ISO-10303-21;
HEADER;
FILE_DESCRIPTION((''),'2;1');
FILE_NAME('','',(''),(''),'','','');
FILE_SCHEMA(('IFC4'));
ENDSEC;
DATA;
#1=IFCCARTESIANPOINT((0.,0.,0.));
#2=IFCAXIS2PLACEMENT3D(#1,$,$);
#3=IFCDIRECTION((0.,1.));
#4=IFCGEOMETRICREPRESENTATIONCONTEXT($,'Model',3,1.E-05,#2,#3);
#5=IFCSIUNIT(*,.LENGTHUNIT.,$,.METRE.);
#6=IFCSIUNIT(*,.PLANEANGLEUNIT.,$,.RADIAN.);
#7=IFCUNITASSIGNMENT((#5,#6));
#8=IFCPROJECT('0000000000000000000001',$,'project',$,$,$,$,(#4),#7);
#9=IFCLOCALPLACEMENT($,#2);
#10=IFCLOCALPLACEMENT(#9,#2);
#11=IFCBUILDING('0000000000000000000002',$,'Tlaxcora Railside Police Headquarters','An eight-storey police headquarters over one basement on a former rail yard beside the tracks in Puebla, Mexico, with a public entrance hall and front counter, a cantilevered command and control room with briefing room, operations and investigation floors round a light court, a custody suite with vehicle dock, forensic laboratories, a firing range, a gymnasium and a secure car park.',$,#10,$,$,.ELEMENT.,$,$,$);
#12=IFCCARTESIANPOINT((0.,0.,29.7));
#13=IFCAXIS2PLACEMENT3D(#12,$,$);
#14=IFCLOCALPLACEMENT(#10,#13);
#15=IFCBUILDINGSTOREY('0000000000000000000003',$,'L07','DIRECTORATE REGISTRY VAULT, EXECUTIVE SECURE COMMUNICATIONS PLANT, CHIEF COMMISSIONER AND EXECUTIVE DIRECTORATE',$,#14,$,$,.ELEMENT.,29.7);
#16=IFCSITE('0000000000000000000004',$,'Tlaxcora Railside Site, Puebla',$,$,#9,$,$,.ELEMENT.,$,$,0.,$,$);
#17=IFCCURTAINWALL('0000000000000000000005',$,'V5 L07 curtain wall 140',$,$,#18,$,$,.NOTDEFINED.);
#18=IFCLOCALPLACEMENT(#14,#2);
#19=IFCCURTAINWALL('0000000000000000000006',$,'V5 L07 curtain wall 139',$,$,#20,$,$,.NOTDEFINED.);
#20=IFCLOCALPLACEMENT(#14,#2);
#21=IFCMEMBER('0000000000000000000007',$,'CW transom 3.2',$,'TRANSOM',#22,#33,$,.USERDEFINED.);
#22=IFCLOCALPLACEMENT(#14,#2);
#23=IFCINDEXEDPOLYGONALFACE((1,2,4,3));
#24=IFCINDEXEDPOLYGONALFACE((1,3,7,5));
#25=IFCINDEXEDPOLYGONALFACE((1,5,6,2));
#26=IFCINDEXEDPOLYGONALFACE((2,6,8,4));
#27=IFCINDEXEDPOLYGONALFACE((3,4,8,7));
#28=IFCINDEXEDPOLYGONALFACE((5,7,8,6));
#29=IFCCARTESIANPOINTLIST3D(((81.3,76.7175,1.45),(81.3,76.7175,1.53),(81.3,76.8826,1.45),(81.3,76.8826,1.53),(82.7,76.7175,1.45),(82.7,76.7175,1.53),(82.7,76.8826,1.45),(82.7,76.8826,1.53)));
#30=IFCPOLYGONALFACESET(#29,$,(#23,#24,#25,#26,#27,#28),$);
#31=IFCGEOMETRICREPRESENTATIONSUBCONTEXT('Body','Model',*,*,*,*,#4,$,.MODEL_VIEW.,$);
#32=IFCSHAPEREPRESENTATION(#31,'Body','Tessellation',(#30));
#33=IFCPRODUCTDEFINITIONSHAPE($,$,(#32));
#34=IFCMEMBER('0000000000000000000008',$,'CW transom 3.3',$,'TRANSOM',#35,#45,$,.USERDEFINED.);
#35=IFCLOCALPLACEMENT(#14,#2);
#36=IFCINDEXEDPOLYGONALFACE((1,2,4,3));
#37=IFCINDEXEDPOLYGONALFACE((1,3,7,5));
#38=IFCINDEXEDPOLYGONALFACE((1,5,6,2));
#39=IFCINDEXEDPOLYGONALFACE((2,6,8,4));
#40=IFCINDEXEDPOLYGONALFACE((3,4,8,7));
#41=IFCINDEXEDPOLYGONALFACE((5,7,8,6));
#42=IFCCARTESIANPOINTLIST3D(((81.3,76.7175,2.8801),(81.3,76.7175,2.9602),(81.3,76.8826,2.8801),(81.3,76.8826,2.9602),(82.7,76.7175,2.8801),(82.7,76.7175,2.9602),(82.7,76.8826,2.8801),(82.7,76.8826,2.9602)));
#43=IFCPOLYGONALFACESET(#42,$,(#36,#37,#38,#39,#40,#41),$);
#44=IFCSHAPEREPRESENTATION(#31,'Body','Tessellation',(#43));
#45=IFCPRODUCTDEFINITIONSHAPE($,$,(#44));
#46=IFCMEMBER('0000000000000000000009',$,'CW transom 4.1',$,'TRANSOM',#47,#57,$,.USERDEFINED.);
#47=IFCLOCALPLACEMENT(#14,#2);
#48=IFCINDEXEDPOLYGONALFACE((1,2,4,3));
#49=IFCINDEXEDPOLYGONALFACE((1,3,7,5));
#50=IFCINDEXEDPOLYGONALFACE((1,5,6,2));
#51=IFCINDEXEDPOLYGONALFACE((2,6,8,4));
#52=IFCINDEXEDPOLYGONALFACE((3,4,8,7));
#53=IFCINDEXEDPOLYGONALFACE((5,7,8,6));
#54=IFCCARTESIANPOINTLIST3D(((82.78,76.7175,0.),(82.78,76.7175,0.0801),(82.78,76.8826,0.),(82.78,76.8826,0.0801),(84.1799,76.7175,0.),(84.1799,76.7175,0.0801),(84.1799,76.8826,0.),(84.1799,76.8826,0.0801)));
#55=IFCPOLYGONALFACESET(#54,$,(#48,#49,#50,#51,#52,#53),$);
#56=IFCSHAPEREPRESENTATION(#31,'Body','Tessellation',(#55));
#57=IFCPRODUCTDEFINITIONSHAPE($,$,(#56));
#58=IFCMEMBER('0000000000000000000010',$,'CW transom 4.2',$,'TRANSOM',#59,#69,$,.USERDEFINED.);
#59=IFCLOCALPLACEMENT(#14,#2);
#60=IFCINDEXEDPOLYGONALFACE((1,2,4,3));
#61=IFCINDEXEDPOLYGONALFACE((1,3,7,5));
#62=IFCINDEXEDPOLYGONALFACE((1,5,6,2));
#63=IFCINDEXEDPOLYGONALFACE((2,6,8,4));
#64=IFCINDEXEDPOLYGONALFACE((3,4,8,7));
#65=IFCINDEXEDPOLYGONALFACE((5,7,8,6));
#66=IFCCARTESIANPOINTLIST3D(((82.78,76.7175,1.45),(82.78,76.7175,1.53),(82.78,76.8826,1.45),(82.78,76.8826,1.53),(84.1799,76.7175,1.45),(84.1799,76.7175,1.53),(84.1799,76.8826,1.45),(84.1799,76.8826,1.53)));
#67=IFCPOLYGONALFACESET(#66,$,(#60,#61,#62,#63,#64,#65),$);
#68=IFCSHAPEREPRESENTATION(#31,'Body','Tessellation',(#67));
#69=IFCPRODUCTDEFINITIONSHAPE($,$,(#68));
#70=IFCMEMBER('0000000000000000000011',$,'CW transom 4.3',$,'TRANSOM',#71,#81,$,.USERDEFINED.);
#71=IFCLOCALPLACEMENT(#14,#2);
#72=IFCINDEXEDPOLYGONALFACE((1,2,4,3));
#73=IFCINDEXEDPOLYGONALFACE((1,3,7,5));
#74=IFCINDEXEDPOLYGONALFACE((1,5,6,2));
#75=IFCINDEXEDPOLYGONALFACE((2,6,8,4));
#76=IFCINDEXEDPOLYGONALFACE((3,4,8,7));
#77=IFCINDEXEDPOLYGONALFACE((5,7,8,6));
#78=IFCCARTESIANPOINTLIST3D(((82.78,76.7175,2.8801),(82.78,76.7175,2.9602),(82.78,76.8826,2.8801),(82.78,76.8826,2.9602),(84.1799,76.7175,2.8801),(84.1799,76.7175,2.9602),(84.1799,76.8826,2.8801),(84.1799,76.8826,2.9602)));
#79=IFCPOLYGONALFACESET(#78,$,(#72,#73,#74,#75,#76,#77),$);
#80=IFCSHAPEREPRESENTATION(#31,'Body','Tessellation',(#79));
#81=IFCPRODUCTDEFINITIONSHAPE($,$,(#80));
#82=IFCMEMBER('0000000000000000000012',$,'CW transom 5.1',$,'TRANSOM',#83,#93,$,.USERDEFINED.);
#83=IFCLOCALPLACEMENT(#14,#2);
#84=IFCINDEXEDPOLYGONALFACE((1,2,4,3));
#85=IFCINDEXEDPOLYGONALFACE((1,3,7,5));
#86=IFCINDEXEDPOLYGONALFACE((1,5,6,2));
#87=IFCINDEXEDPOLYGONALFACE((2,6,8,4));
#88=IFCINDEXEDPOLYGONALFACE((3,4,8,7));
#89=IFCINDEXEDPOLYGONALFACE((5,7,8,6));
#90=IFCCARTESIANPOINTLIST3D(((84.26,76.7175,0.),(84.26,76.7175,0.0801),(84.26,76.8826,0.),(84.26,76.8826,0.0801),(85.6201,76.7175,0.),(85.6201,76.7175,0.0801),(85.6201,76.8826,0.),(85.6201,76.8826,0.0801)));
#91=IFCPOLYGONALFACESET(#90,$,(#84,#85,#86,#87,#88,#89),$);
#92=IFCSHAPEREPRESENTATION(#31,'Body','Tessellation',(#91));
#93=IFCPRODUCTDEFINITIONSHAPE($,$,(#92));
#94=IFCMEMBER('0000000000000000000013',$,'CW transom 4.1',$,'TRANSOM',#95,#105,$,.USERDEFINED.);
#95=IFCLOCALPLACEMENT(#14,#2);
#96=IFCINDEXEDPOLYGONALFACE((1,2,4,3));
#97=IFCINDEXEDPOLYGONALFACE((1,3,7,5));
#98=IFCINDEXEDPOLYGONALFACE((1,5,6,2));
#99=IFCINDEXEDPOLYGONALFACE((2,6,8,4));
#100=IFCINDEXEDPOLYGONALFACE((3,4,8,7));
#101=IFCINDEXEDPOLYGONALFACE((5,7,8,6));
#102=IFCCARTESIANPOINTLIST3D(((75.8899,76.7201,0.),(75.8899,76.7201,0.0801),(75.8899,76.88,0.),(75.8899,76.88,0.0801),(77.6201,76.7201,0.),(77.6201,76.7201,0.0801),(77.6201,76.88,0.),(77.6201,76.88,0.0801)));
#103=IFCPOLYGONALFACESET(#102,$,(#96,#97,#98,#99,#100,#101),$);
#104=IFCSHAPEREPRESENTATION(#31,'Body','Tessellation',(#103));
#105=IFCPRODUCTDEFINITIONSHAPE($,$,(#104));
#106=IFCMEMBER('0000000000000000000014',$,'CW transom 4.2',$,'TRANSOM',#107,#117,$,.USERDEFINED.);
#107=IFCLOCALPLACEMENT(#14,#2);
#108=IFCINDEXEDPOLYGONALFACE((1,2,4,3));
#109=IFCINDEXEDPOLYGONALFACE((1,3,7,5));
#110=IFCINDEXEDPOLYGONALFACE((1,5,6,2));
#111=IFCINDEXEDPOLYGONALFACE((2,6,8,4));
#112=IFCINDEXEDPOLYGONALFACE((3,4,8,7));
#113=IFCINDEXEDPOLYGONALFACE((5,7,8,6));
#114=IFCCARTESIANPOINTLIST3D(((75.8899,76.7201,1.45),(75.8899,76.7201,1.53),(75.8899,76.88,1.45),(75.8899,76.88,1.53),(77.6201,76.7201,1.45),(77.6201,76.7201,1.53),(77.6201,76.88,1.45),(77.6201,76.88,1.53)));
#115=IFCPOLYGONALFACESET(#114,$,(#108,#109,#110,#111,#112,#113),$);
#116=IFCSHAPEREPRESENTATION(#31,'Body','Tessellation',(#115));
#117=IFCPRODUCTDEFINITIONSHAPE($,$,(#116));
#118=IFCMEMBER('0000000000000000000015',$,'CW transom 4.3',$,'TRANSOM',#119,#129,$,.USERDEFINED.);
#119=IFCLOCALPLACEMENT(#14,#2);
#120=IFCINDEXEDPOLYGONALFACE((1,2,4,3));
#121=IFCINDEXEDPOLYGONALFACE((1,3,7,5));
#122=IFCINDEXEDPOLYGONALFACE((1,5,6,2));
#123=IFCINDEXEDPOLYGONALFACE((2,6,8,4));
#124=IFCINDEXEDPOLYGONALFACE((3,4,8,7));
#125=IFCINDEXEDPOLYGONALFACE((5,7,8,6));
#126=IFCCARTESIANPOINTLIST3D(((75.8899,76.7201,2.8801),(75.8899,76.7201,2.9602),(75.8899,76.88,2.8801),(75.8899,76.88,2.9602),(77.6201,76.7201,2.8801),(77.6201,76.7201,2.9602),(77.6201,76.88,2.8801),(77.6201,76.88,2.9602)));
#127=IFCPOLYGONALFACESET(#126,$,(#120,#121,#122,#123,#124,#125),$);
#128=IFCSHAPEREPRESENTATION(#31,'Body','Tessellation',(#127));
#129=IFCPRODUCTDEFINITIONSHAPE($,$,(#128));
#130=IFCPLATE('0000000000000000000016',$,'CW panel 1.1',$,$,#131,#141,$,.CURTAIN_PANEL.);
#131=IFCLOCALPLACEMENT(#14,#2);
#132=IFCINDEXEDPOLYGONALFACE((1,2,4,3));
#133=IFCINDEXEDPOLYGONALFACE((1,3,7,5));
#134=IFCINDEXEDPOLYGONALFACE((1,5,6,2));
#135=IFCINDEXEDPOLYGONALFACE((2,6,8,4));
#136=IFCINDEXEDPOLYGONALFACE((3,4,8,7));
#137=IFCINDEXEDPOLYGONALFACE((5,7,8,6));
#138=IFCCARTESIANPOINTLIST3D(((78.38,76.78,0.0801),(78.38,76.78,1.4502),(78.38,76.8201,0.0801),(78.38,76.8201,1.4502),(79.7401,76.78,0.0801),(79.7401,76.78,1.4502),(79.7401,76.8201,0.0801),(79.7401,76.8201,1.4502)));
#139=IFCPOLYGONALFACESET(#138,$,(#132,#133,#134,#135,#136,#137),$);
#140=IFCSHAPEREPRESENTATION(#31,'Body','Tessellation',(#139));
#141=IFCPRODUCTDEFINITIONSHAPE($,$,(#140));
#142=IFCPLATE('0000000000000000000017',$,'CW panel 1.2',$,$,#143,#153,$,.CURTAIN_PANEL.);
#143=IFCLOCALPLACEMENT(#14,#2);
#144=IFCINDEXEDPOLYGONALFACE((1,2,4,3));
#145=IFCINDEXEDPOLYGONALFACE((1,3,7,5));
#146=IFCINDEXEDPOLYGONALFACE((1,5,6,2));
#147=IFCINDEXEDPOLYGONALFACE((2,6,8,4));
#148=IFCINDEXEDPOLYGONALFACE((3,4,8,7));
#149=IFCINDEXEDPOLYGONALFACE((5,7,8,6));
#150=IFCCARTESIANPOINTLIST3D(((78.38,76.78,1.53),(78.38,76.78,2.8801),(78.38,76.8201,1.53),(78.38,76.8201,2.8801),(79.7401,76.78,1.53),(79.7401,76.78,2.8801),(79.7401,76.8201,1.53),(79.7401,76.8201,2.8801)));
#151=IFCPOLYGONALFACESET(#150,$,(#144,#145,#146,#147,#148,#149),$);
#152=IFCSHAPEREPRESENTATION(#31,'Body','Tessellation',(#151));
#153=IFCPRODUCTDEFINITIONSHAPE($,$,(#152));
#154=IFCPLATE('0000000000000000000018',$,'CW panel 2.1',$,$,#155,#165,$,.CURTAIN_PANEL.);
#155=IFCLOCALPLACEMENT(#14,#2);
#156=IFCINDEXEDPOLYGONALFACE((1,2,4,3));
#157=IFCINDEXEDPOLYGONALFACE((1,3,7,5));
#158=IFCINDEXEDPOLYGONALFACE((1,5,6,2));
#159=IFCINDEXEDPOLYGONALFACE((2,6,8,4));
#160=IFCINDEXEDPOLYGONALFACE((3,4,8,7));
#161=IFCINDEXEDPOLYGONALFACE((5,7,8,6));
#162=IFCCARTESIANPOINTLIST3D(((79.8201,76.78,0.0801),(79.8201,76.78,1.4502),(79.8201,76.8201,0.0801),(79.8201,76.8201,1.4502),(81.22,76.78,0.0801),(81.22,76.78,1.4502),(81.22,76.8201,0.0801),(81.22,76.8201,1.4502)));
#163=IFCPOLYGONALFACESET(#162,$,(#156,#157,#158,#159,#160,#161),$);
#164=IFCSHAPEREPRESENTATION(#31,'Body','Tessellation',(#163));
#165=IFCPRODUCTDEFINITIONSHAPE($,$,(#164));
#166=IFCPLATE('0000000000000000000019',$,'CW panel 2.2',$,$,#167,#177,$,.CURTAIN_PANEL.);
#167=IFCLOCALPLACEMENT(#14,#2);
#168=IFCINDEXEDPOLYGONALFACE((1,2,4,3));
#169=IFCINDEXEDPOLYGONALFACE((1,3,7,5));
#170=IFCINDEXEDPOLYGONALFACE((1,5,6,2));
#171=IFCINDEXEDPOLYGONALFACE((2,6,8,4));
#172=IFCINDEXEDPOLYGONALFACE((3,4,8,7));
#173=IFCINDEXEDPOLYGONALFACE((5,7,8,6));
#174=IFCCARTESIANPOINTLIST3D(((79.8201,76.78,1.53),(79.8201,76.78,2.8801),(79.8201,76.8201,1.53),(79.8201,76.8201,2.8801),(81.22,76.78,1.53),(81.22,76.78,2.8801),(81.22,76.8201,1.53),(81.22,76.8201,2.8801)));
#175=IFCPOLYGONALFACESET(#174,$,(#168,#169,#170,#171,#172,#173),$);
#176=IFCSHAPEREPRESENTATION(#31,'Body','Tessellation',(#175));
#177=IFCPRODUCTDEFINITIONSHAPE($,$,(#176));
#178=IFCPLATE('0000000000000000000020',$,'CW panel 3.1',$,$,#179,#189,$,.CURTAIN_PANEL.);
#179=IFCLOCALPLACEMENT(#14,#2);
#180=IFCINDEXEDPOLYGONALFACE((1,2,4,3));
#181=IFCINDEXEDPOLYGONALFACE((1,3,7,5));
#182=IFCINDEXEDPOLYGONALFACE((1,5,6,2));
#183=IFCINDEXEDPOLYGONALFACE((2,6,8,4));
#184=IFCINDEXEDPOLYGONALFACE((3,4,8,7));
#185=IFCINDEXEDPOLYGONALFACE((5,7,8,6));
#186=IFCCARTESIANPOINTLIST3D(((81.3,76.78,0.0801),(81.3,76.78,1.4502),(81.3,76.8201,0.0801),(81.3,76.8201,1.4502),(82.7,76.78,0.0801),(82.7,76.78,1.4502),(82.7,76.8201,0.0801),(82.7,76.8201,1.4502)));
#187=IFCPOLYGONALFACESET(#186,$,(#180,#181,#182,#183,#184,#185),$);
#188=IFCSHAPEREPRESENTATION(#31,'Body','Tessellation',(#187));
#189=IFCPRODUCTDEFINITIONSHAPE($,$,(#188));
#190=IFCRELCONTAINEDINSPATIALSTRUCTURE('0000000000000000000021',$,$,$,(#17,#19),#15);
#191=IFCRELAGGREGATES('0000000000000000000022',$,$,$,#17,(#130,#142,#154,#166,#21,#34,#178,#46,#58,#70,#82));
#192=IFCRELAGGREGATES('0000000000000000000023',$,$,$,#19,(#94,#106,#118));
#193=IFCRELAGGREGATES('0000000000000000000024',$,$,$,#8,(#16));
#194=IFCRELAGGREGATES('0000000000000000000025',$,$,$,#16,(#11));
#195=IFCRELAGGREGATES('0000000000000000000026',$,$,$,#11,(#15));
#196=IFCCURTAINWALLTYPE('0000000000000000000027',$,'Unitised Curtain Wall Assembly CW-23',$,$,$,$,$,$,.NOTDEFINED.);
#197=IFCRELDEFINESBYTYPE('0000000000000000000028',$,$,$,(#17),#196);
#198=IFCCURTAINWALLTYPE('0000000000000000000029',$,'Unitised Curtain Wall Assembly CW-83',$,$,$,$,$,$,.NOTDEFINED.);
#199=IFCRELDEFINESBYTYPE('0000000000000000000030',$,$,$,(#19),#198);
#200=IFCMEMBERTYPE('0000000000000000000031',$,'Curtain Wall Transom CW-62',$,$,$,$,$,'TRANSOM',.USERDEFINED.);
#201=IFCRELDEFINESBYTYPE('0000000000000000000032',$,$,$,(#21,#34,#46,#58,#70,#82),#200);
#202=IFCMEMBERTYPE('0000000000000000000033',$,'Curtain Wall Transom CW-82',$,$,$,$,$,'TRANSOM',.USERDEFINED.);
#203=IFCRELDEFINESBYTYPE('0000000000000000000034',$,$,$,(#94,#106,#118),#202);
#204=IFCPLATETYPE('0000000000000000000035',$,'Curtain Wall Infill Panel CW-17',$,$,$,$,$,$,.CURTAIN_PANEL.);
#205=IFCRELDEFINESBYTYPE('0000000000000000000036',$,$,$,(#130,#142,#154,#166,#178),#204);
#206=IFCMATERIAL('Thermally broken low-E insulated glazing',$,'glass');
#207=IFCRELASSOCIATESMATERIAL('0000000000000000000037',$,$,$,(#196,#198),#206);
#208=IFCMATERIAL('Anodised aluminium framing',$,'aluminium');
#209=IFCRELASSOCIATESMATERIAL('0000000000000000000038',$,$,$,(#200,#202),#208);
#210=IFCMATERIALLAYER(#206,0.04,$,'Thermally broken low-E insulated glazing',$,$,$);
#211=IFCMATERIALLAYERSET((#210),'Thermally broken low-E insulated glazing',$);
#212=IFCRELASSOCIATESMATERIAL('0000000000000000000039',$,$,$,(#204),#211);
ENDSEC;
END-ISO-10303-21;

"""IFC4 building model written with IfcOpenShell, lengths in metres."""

from ifc_helpers import new_model, si_unit, direction, frame, origin, origin_2d, place, context, subcontext, project, spatial, rectangle, extrude, material, layer, layer_set, material_profile, profile_set, type_object, element, aggregate, save


model = new_model("IFC4")

# Units and contexts
model_context = context("Model", 3, precision=1e-05, world=origin(), true_north=direction((0.0, 1.0)))
body_context = subcontext(model_context, "Body", "Model", "MODEL_VIEW")
ifc_project = project(units=[si_unit("LENGTHUNIT", "METRE"), si_unit("PLANEANGLEUNIT", "RADIAN")], contexts=[model_context])

# Site, building, storey
site_placement = place(None, origin())
site = spatial("IfcSite", under=ifc_project, at=site_placement, Name="Tlaxcora Railside Site, Puebla", CompositionType="ELEMENT", RefElevation=0.0)
building_placement = place(site_placement, origin())
building = spatial("IfcBuilding", under=site, at=building_placement, Name="Tlaxcora Railside Police Headquarters", Description="An eight-storey police headquarters over one basement on a former rail yard beside the tracks in Puebla, Mexico, with a public entrance hall and front counter, a cantilevered command and control room with briefing room, operations and investigation floors round a light court, a custody suite with vehicle dock, forensic laboratories, a firing range, a gymnasium and a secure car park.", CompositionType="ELEMENT")
storey_placement = place(building_placement, frame((0.0, 0.0, 29.7)))
storey = spatial("IfcBuildingStorey", under=building, at=storey_placement, Name="L07", Description="DIRECTORATE REGISTRY VAULT, EXECUTIVE SECURE COMMUNICATIONS PLANT, CHIEF COMMISSIONER AND EXECUTIVE DIRECTORATE", CompositionType="ELEMENT", Elevation=29.7)

# Curtain walls
ifc_material_1 = material(Name="Thermally broken low-E insulated glazing", Category="glass")
curtain_wall_type_1 = type_object("IfcCurtainWallType", Name="Unitised Curtain Wall Assembly CW-23", PredefinedType="NOTDEFINED", material=ifc_material_1)
curtain_wall_1_placement = place(storey_placement, origin())
curtain_wall_1 = element("IfcCurtainWall", 1, at=curtain_wall_1_placement, inside=storey, type_object=curtain_wall_type_1, Name="V5 L07 curtain wall 140", PredefinedType="NOTDEFINED")
ifc_material_2 = material(Name="Anodised aluminium framing", Category="aluminium")
curtain_wall_type_2 = type_object("IfcCurtainWallType", Name="Unitised Curtain Wall Assembly CW-83", PredefinedType="NOTDEFINED", material=ifc_material_1)
curtain_wall_2_placement = place(storey_placement, origin())
curtain_wall_2 = element("IfcCurtainWall", 2, at=curtain_wall_2_placement, inside=storey, type_object=curtain_wall_type_2, Name="V5 L07 curtain wall 139", PredefinedType="NOTDEFINED")

# Members
ifc_material_profile_1 = material_profile(ifc_material_2, rectangle(XDim=0.165, YDim=0.0801, at=origin_2d()), Name="AL80X165")
ifc_profile_set_1 = profile_set([ifc_material_profile_1], Name="Anodised aluminium framing")
member_type_1 = type_object("IfcMemberType", Name="Curtain Wall Transom CW-62", ElementType="TRANSOM", PredefinedType="USERDEFINED", material=ifc_profile_set_1)
member_1_placement = place(storey_placement, frame((81.3, 76.8, 1.49), z_axis=(1.0, 0.0, 0.0), x_axis=(0.0, 1.0, 0.0)))
member_1 = element("IfcMember", 3, at=member_1_placement, type_object=member_type_1, Name="CW transom 3.2", ObjectType="TRANSOM", PredefinedType="USERDEFINED", context=body_context, shape_type="SweptSolid", body=[
    extrude(rectangle(XDim=0.165, YDim=0.0801, at=origin_2d()), origin(), (0.0, 0.0, 1.0), 1.3999),
])
member_2_placement = place(storey_placement, frame((81.3, 76.8, 2.9202), z_axis=(1.0, 0.0, 0.0), x_axis=(0.0, 1.0, 0.0)))
member_2 = element("IfcMember", 4, at=member_2_placement, type_object=member_type_1, Name="CW transom 3.3", ObjectType="TRANSOM", PredefinedType="USERDEFINED", context=body_context, shape_type="SweptSolid", body=[
    extrude(rectangle(XDim=0.165, YDim=0.0801, at=origin_2d()), origin(), (0.0, 0.0, 1.0), 1.3999),
])
member_3_placement = place(storey_placement, frame((82.78, 76.8, 0.04), z_axis=(1.0, 0.0, 0.0), x_axis=(0.0, 1.0, 0.0)))
member_3 = element("IfcMember", 5, at=member_3_placement, type_object=member_type_1, Name="CW transom 4.1", ObjectType="TRANSOM", PredefinedType="USERDEFINED", context=body_context, shape_type="SweptSolid", body=[
    extrude(rectangle(XDim=0.165, YDim=0.0801, at=origin_2d()), origin(), (0.0, 0.0, 1.0), 1.3999),
])
member_4_placement = place(storey_placement, frame((82.78, 76.8, 1.49), z_axis=(1.0, 0.0, 0.0), x_axis=(0.0, 1.0, 0.0)))
member_4 = element("IfcMember", 6, at=member_4_placement, type_object=member_type_1, Name="CW transom 4.2", ObjectType="TRANSOM", PredefinedType="USERDEFINED", context=body_context, shape_type="SweptSolid", body=[
    extrude(rectangle(XDim=0.165, YDim=0.0801, at=origin_2d()), origin(), (0.0, 0.0, 1.0), 1.3999),
])
member_5_placement = place(storey_placement, frame((82.78, 76.8, 2.9202), z_axis=(1.0, 0.0, 0.0), x_axis=(0.0, 1.0, 0.0)))
member_5 = element("IfcMember", 7, at=member_5_placement, type_object=member_type_1, Name="CW transom 4.3", ObjectType="TRANSOM", PredefinedType="USERDEFINED", context=body_context, shape_type="SweptSolid", body=[
    extrude(rectangle(XDim=0.165, YDim=0.0801, at=origin_2d()), origin(), (0.0, 0.0, 1.0), 1.3999),
])
member_6_placement = place(storey_placement, frame((84.26, 76.8, 0.04), z_axis=(1.0, 0.0, 0.0), x_axis=(0.0, 1.0, 0.0)))
member_6 = element("IfcMember", 8, at=member_6_placement, type_object=member_type_1, Name="CW transom 5.1", ObjectType="TRANSOM", PredefinedType="USERDEFINED", context=body_context, shape_type="SweptSolid", body=[
    extrude(rectangle(XDim=0.165, YDim=0.0801, at=origin_2d()), origin(), (0.0, 0.0, 1.0), 1.3601),
])
ifc_material_profile_2 = material_profile(ifc_material_2, rectangle(XDim=0.1599, YDim=0.0801, at=origin_2d()), Name="AL80X160")
ifc_profile_set_2 = profile_set([ifc_material_profile_2], Name="Anodised aluminium framing")
member_type_2 = type_object("IfcMemberType", Name="Curtain Wall Transom CW-82", ElementType="TRANSOM", PredefinedType="USERDEFINED", material=ifc_profile_set_2)
member_7_placement = place(storey_placement, frame((75.8899, 76.8, 0.04), z_axis=(1.0, 0.0, 0.0), x_axis=(0.0, 1.0, 0.0)))
member_7 = element("IfcMember", 9, at=member_7_placement, type_object=member_type_2, Name="CW transom 4.1", ObjectType="TRANSOM", PredefinedType="USERDEFINED", context=body_context, shape_type="SweptSolid", body=[
    extrude(rectangle(XDim=0.1599, YDim=0.0801, at=origin_2d()), origin(), (0.0, 0.0, 1.0), 1.7302),
])
member_8_placement = place(storey_placement, frame((75.8899, 76.8, 1.49), z_axis=(1.0, 0.0, 0.0), x_axis=(0.0, 1.0, 0.0)))
member_8 = element("IfcMember", 10, at=member_8_placement, type_object=member_type_2, Name="CW transom 4.2", ObjectType="TRANSOM", PredefinedType="USERDEFINED", context=body_context, shape_type="SweptSolid", body=[
    extrude(rectangle(XDim=0.1599, YDim=0.0801, at=origin_2d()), origin(), (0.0, 0.0, 1.0), 1.7302),
])
member_9_placement = place(storey_placement, frame((75.8899, 76.8, 2.9202), z_axis=(1.0, 0.0, 0.0), x_axis=(0.0, 1.0, 0.0)))
member_9 = element("IfcMember", 11, at=member_9_placement, type_object=member_type_2, Name="CW transom 4.3", ObjectType="TRANSOM", PredefinedType="USERDEFINED", context=body_context, shape_type="SweptSolid", body=[
    extrude(rectangle(XDim=0.1599, YDim=0.0801, at=origin_2d()), origin(), (0.0, 0.0, 1.0), 1.7302),
])

# Plates
ifc_layer_1 = layer(ifc_material_1, 0.04, Name="Thermally broken low-E insulated glazing")
ifc_layer_set_1 = layer_set([ifc_layer_1], Name="Thermally broken low-E insulated glazing")
plate_type_1 = type_object("IfcPlateType", Name="Curtain Wall Infill Panel CW-17", PredefinedType="CURTAIN_PANEL", material=ifc_layer_set_1)
plate_1_placement = place(storey_placement, frame((79.0601, 76.8, 0.0801), z_axis=(0.0, 0.0, 1.0), x_axis=(1.0, 0.0, 0.0)))
plate_1 = element("IfcPlate", 12, at=plate_1_placement, type_object=plate_type_1, Name="CW panel 1.1", PredefinedType="CURTAIN_PANEL", context=body_context, shape_type="SweptSolid", body=[
    extrude(rectangle(XDim=1.3601, YDim=0.04, at=origin_2d()), origin(), (0.0, 0.0, 1.0), 1.3701),
])
plate_2_placement = place(storey_placement, frame((79.0601, 76.8, 1.53), z_axis=(0.0, 0.0, 1.0), x_axis=(1.0, 0.0, 0.0)))
plate_2 = element("IfcPlate", 13, at=plate_2_placement, type_object=plate_type_1, Name="CW panel 1.2", PredefinedType="CURTAIN_PANEL", context=body_context, shape_type="SweptSolid", body=[
    extrude(rectangle(XDim=1.3601, YDim=0.04, at=origin_2d()), origin(), (0.0, 0.0, 1.0), 1.3501),
])
plate_3_placement = place(storey_placement, frame((80.52, 76.8, 0.0801), z_axis=(0.0, 0.0, 1.0), x_axis=(1.0, 0.0, 0.0)))
plate_3 = element("IfcPlate", 14, at=plate_3_placement, type_object=plate_type_1, Name="CW panel 2.1", PredefinedType="CURTAIN_PANEL", context=body_context, shape_type="SweptSolid", body=[
    extrude(rectangle(XDim=1.3999, YDim=0.04, at=origin_2d()), origin(), (0.0, 0.0, 1.0), 1.3701),
])
plate_4_placement = place(storey_placement, frame((80.52, 76.8, 1.53), z_axis=(0.0, 0.0, 1.0), x_axis=(1.0, 0.0, 0.0)))
plate_4 = element("IfcPlate", 15, at=plate_4_placement, type_object=plate_type_1, Name="CW panel 2.2", PredefinedType="CURTAIN_PANEL", context=body_context, shape_type="SweptSolid", body=[
    extrude(rectangle(XDim=1.3999, YDim=0.04, at=origin_2d()), origin(), (0.0, 0.0, 1.0), 1.3501),
])
plate_5_placement = place(storey_placement, frame((82.0, 76.8, 0.0801), z_axis=(0.0, 0.0, 1.0), x_axis=(1.0, 0.0, 0.0)))
plate_5 = element("IfcPlate", 16, at=plate_5_placement, type_object=plate_type_1, Name="CW panel 3.1", PredefinedType="CURTAIN_PANEL", context=body_context, shape_type="SweptSolid", body=[
    extrude(rectangle(XDim=1.3999, YDim=0.04, at=origin_2d()), origin(), (0.0, 0.0, 1.0), 1.3701),
])
aggregate(curtain_wall_1, [plate_1, plate_2, plate_3, plate_4, member_1, member_2, plate_5, member_3, member_4, member_5, member_6])
aggregate(curtain_wall_2, [member_7, member_8, member_9])

save(model, "model.ifc")
